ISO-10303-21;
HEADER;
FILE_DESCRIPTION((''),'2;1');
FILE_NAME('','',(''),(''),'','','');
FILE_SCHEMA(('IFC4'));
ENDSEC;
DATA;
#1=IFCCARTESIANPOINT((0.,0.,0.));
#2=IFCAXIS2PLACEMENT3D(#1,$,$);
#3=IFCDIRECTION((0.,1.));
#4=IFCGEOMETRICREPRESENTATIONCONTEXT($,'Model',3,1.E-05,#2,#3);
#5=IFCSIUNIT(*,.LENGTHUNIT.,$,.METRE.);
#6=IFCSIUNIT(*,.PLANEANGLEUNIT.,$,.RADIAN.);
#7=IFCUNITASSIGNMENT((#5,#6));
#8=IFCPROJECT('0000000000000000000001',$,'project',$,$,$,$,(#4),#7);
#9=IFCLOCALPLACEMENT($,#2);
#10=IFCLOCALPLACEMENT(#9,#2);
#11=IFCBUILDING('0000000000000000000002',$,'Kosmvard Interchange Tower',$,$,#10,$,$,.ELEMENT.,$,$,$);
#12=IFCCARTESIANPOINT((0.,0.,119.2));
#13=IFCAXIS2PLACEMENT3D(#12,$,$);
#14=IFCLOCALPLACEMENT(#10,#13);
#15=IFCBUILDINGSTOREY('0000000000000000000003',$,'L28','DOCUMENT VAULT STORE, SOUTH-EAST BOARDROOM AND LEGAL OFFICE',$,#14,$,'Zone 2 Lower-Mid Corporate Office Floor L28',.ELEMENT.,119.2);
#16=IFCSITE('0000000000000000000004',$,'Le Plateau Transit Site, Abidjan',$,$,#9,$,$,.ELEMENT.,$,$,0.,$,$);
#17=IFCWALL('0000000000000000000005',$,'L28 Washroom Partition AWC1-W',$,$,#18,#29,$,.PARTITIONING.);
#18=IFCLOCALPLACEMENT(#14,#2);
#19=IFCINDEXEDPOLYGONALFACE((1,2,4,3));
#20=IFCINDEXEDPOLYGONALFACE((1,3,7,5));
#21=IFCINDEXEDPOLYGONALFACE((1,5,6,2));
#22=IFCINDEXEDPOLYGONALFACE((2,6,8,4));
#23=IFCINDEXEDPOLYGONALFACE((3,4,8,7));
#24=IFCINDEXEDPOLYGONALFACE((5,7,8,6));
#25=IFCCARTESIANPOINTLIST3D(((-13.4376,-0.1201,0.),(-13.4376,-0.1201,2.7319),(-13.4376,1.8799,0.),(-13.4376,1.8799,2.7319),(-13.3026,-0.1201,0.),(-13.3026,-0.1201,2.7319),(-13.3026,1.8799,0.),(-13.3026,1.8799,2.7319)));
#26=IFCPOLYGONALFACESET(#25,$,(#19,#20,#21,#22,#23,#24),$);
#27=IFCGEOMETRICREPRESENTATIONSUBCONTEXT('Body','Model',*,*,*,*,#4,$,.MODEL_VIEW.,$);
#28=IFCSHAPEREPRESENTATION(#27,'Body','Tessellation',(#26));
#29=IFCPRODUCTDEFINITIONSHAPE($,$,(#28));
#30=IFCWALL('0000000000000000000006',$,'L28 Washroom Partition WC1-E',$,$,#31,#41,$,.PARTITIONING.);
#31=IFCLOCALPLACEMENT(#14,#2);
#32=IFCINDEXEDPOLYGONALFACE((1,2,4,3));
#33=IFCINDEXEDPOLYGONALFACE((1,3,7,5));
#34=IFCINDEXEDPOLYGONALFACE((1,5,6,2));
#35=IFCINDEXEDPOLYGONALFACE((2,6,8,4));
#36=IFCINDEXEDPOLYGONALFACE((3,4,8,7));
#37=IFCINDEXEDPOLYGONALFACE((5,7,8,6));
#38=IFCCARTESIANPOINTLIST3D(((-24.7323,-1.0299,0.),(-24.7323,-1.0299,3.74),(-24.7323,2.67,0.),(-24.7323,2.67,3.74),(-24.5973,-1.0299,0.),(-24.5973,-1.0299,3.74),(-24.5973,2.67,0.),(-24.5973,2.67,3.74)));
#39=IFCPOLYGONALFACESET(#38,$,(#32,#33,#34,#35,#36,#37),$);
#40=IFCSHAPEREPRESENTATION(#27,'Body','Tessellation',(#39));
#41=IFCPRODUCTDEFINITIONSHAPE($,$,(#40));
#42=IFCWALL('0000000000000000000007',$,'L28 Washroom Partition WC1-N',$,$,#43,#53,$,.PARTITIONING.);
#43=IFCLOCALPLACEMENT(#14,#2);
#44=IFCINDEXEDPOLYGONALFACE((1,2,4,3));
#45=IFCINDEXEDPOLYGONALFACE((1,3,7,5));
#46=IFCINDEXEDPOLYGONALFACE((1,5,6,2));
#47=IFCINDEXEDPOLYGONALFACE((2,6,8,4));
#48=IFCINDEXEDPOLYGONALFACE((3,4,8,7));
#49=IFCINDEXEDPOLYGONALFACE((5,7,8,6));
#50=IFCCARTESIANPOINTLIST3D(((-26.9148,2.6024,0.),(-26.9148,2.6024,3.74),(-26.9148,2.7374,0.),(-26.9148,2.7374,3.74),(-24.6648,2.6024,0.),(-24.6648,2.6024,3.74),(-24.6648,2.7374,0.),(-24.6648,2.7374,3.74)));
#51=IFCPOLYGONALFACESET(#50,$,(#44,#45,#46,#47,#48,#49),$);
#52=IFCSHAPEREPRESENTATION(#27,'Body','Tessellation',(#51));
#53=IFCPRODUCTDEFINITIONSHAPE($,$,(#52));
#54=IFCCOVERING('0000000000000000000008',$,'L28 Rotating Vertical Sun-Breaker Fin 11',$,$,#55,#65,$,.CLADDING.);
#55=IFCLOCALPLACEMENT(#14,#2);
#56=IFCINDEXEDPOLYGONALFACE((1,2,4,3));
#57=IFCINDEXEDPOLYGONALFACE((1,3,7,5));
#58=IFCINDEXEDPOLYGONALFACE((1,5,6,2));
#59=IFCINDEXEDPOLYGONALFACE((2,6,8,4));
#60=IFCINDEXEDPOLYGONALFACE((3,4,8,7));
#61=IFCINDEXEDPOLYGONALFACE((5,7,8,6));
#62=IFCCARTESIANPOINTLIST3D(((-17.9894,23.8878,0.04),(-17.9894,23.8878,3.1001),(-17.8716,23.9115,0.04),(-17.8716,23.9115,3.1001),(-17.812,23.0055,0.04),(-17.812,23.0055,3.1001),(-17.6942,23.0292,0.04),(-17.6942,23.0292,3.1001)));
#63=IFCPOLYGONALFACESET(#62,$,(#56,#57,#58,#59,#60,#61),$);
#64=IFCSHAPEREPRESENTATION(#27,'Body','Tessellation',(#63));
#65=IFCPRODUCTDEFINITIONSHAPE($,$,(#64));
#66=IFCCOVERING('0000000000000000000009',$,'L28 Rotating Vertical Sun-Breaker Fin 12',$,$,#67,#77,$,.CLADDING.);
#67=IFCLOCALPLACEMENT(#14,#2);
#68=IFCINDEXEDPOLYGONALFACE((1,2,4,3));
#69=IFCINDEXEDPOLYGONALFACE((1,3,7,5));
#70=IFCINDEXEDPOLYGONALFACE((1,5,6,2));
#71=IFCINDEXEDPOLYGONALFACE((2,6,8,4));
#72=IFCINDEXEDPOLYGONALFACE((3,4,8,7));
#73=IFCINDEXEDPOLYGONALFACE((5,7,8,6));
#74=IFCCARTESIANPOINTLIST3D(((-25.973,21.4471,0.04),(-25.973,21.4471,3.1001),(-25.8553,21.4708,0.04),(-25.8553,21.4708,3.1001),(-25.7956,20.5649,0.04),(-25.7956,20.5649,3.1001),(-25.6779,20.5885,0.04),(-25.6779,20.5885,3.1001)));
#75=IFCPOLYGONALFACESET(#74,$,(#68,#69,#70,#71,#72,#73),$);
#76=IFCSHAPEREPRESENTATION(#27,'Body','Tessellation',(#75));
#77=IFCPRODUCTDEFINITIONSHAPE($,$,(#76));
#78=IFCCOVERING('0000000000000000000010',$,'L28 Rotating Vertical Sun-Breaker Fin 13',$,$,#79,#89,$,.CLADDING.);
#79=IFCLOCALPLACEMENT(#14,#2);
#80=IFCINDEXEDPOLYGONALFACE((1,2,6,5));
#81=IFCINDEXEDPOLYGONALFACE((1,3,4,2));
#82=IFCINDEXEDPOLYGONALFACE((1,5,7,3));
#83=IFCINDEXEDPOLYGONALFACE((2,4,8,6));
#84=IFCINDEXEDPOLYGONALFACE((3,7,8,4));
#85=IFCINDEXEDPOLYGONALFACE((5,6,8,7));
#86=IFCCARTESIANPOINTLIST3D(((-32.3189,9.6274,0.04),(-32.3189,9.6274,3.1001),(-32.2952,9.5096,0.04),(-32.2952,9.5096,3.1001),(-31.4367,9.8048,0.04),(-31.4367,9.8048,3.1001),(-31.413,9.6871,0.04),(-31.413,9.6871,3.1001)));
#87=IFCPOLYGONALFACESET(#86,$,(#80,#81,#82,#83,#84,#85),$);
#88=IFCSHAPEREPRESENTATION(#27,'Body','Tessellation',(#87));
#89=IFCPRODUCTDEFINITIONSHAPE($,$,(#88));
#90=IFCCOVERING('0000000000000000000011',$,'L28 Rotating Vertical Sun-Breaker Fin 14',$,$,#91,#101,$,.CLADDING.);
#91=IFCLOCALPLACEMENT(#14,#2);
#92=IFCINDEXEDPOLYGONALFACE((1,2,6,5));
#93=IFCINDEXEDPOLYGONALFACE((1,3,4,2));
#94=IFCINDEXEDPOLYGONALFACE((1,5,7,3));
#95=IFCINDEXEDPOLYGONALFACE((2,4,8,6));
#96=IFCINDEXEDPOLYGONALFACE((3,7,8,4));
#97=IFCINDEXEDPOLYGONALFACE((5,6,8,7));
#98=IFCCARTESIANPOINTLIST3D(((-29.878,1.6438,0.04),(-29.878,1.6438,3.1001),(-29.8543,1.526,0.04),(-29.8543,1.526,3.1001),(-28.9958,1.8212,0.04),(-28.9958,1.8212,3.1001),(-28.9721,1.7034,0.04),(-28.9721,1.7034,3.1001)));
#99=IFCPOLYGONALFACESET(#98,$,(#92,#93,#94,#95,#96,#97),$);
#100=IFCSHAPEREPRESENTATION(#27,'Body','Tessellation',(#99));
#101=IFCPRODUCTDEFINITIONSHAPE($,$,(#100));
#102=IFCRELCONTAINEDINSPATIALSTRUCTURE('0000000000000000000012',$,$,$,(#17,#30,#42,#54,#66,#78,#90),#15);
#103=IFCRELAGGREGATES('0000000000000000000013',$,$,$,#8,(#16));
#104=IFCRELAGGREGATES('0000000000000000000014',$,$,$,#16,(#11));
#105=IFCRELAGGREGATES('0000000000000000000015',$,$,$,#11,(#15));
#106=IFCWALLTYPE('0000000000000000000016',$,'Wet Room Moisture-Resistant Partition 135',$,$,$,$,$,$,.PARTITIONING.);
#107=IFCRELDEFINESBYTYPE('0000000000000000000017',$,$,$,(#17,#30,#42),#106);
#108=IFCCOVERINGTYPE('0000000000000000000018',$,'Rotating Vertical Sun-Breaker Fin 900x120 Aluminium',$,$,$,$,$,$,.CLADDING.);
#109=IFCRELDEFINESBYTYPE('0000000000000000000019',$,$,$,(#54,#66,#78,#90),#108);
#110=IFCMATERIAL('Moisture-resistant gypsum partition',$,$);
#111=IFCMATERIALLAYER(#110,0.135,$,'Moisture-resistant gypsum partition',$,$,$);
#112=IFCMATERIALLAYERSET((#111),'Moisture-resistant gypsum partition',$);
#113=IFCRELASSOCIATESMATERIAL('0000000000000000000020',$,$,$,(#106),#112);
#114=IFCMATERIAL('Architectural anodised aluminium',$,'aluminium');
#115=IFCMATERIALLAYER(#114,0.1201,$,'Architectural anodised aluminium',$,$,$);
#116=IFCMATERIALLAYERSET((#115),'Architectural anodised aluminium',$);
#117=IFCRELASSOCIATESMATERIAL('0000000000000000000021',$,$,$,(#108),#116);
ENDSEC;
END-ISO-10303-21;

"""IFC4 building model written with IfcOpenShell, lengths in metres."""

from ifc_helpers import new_model, si_unit, direction, frame, frame_2d, origin, origin_2d, place, context, subcontext, project, spatial, rectangle, extrude, source, transform, mapped, material, layer, layer_set, type_object, element, save


model = new_model("IFC4")

# Units and contexts
model_context = context("Model", 3, precision=1e-05, world=origin(), true_north=direction((0.0, 1.0)))
body_context = subcontext(model_context, "Body", "Model", "MODEL_VIEW")
ifc_project = project(units=[si_unit("LENGTHUNIT", "METRE"), si_unit("PLANEANGLEUNIT", "RADIAN")], contexts=[model_context])

# Site, building, storey
site_placement = place(None, origin())
site = spatial("IfcSite", under=ifc_project, at=site_placement, Name="Le Plateau Transit Site, Abidjan", CompositionType="ELEMENT", RefElevation=0.0)
building_placement = place(site_placement, origin())
building = spatial("IfcBuilding", under=site, at=building_placement, Name="Kosmvard Interchange Tower", CompositionType="ELEMENT")
storey_placement = place(building_placement, frame((0.0, 0.0, 119.2)))
storey = spatial("IfcBuildingStorey", under=building, at=storey_placement, Name="L28", Description="DOCUMENT VAULT STORE, SOUTH-EAST BOARDROOM AND LEGAL OFFICE", LongName="Zone 2 Lower-Mid Corporate Office Floor L28", CompositionType="ELEMENT", Elevation=119.2)

# Walls
ifc_material_1 = material(Name="Moisture-resistant gypsum partition")
ifc_layer_1 = layer(ifc_material_1, 0.135, Name="Moisture-resistant gypsum partition")
ifc_layer_set_1 = layer_set([ifc_layer_1], Name="Moisture-resistant gypsum partition")
wall_type_1 = type_object("IfcWallType", Name="Wet Room Moisture-Resistant Partition 135", PredefinedType="PARTITIONING", material=ifc_layer_set_1)
wall_1_placement = place(storey_placement, frame((-13.3701, -0.1201, 0.0), z_axis=(0.0, 0.0, 1.0), x_axis=(0.0, 1.0, 0.0)))
element("IfcWall", 1, at=wall_1_placement, inside=storey, type_object=wall_type_1, Name="L28 Washroom Partition AWC1-W", PredefinedType="PARTITIONING", context=body_context, shape_type="SweptSolid", body=[
    extrude(rectangle(XDim=2.0, YDim=0.135, at=frame_2d((1.0, 0.0))), origin(), (0.0, 0.0, 1.0), 2.7319),
])
wall_2_placement = place(storey_placement, frame((-24.6648, -1.03, 0.0), z_axis=(0.0, 0.0, 1.0), x_axis=(0.0, 1.0, 0.0)))
element("IfcWall", 2, at=wall_2_placement, inside=storey, type_object=wall_type_1, Name="L28 Washroom Partition WC1-E", PredefinedType="PARTITIONING", context=body_context, shape_type="SweptSolid", body=[
    extrude(rectangle(XDim=3.7, YDim=0.135, at=frame_2d((1.8501, 0.0))), origin(), (0.0, 0.0, 1.0), 3.74),
])
wall_3_placement = place(storey_placement, frame((-26.9148, 2.6699, 0.0), z_axis=(0.0, 0.0, 1.0), x_axis=(1.0, 0.0, 0.0)))
element("IfcWall", 3, at=wall_3_placement, inside=storey, type_object=wall_type_1, Name="L28 Washroom Partition WC1-N", PredefinedType="PARTITIONING", context=body_context, shape_type="SweptSolid", body=[
    extrude(rectangle(XDim=2.25, YDim=0.135, at=frame_2d((1.125, 0.0))), origin(), (0.0, 0.0, 1.0), 3.74),
])

# Coverings
ifc_material_2 = material(Name="Architectural anodised aluminium", Category="aluminium")
ifc_layer_2 = layer(ifc_material_2, 0.1201, Name="Architectural anodised aluminium")
ifc_layer_set_2 = layer_set([ifc_layer_2], Name="Architectural anodised aluminium")
covering_type = type_object("IfcCoveringType", Name="Rotating Vertical Sun-Breaker Fin 900x120 Aluminium", PredefinedType="CLADDING", material=ifc_layer_set_2)
shared_shape_1 = source(origin(), body_context, "Body", "SweptSolid", [
    extrude(rectangle(XDim=0.8999, YDim=0.1201, at=origin_2d()), origin(), (0.0, 0.0, 1.0), 3.0601),
])
for number, where, z_axis, x_axis, name in (
    (4, (-17.8418, 23.4585, 0.04), (0.0, 0.0, 1.0), (-0.197144, 0.980375, 0.0), "L28 Rotating Vertical Sun-Breaker Fin 11"),
    (5, (-25.8254, 21.0178, 0.04), (0.0, 0.0, 1.0), (-0.197144, 0.980375, 0.0), "L28 Rotating Vertical Sun-Breaker Fin 12"),
    (6, (-31.866, 9.6572, 0.04), (0.0, 0.0, 1.0), (-0.980375, -0.197144, 0.0), "L28 Rotating Vertical Sun-Breaker Fin 13"),
    (7, (-29.425, 1.6736, 0.04), (0.0, 0.0, 1.0), (-0.980375, -0.197144, 0.0), "L28 Rotating Vertical Sun-Breaker Fin 14"),
):
    element("IfcCovering", number, at=place(storey_placement, frame(where, z_axis=z_axis, x_axis=x_axis)), inside=storey, type_object=covering_type, Name=name, PredefinedType="CLADDING", context=body_context, shape_type="MappedRepresentation", body=[
        mapped(shared_shape_1, transform((0.0, 0.0, 0.0), scale=1.0)),
    ])

save(model, "model.ifc")
